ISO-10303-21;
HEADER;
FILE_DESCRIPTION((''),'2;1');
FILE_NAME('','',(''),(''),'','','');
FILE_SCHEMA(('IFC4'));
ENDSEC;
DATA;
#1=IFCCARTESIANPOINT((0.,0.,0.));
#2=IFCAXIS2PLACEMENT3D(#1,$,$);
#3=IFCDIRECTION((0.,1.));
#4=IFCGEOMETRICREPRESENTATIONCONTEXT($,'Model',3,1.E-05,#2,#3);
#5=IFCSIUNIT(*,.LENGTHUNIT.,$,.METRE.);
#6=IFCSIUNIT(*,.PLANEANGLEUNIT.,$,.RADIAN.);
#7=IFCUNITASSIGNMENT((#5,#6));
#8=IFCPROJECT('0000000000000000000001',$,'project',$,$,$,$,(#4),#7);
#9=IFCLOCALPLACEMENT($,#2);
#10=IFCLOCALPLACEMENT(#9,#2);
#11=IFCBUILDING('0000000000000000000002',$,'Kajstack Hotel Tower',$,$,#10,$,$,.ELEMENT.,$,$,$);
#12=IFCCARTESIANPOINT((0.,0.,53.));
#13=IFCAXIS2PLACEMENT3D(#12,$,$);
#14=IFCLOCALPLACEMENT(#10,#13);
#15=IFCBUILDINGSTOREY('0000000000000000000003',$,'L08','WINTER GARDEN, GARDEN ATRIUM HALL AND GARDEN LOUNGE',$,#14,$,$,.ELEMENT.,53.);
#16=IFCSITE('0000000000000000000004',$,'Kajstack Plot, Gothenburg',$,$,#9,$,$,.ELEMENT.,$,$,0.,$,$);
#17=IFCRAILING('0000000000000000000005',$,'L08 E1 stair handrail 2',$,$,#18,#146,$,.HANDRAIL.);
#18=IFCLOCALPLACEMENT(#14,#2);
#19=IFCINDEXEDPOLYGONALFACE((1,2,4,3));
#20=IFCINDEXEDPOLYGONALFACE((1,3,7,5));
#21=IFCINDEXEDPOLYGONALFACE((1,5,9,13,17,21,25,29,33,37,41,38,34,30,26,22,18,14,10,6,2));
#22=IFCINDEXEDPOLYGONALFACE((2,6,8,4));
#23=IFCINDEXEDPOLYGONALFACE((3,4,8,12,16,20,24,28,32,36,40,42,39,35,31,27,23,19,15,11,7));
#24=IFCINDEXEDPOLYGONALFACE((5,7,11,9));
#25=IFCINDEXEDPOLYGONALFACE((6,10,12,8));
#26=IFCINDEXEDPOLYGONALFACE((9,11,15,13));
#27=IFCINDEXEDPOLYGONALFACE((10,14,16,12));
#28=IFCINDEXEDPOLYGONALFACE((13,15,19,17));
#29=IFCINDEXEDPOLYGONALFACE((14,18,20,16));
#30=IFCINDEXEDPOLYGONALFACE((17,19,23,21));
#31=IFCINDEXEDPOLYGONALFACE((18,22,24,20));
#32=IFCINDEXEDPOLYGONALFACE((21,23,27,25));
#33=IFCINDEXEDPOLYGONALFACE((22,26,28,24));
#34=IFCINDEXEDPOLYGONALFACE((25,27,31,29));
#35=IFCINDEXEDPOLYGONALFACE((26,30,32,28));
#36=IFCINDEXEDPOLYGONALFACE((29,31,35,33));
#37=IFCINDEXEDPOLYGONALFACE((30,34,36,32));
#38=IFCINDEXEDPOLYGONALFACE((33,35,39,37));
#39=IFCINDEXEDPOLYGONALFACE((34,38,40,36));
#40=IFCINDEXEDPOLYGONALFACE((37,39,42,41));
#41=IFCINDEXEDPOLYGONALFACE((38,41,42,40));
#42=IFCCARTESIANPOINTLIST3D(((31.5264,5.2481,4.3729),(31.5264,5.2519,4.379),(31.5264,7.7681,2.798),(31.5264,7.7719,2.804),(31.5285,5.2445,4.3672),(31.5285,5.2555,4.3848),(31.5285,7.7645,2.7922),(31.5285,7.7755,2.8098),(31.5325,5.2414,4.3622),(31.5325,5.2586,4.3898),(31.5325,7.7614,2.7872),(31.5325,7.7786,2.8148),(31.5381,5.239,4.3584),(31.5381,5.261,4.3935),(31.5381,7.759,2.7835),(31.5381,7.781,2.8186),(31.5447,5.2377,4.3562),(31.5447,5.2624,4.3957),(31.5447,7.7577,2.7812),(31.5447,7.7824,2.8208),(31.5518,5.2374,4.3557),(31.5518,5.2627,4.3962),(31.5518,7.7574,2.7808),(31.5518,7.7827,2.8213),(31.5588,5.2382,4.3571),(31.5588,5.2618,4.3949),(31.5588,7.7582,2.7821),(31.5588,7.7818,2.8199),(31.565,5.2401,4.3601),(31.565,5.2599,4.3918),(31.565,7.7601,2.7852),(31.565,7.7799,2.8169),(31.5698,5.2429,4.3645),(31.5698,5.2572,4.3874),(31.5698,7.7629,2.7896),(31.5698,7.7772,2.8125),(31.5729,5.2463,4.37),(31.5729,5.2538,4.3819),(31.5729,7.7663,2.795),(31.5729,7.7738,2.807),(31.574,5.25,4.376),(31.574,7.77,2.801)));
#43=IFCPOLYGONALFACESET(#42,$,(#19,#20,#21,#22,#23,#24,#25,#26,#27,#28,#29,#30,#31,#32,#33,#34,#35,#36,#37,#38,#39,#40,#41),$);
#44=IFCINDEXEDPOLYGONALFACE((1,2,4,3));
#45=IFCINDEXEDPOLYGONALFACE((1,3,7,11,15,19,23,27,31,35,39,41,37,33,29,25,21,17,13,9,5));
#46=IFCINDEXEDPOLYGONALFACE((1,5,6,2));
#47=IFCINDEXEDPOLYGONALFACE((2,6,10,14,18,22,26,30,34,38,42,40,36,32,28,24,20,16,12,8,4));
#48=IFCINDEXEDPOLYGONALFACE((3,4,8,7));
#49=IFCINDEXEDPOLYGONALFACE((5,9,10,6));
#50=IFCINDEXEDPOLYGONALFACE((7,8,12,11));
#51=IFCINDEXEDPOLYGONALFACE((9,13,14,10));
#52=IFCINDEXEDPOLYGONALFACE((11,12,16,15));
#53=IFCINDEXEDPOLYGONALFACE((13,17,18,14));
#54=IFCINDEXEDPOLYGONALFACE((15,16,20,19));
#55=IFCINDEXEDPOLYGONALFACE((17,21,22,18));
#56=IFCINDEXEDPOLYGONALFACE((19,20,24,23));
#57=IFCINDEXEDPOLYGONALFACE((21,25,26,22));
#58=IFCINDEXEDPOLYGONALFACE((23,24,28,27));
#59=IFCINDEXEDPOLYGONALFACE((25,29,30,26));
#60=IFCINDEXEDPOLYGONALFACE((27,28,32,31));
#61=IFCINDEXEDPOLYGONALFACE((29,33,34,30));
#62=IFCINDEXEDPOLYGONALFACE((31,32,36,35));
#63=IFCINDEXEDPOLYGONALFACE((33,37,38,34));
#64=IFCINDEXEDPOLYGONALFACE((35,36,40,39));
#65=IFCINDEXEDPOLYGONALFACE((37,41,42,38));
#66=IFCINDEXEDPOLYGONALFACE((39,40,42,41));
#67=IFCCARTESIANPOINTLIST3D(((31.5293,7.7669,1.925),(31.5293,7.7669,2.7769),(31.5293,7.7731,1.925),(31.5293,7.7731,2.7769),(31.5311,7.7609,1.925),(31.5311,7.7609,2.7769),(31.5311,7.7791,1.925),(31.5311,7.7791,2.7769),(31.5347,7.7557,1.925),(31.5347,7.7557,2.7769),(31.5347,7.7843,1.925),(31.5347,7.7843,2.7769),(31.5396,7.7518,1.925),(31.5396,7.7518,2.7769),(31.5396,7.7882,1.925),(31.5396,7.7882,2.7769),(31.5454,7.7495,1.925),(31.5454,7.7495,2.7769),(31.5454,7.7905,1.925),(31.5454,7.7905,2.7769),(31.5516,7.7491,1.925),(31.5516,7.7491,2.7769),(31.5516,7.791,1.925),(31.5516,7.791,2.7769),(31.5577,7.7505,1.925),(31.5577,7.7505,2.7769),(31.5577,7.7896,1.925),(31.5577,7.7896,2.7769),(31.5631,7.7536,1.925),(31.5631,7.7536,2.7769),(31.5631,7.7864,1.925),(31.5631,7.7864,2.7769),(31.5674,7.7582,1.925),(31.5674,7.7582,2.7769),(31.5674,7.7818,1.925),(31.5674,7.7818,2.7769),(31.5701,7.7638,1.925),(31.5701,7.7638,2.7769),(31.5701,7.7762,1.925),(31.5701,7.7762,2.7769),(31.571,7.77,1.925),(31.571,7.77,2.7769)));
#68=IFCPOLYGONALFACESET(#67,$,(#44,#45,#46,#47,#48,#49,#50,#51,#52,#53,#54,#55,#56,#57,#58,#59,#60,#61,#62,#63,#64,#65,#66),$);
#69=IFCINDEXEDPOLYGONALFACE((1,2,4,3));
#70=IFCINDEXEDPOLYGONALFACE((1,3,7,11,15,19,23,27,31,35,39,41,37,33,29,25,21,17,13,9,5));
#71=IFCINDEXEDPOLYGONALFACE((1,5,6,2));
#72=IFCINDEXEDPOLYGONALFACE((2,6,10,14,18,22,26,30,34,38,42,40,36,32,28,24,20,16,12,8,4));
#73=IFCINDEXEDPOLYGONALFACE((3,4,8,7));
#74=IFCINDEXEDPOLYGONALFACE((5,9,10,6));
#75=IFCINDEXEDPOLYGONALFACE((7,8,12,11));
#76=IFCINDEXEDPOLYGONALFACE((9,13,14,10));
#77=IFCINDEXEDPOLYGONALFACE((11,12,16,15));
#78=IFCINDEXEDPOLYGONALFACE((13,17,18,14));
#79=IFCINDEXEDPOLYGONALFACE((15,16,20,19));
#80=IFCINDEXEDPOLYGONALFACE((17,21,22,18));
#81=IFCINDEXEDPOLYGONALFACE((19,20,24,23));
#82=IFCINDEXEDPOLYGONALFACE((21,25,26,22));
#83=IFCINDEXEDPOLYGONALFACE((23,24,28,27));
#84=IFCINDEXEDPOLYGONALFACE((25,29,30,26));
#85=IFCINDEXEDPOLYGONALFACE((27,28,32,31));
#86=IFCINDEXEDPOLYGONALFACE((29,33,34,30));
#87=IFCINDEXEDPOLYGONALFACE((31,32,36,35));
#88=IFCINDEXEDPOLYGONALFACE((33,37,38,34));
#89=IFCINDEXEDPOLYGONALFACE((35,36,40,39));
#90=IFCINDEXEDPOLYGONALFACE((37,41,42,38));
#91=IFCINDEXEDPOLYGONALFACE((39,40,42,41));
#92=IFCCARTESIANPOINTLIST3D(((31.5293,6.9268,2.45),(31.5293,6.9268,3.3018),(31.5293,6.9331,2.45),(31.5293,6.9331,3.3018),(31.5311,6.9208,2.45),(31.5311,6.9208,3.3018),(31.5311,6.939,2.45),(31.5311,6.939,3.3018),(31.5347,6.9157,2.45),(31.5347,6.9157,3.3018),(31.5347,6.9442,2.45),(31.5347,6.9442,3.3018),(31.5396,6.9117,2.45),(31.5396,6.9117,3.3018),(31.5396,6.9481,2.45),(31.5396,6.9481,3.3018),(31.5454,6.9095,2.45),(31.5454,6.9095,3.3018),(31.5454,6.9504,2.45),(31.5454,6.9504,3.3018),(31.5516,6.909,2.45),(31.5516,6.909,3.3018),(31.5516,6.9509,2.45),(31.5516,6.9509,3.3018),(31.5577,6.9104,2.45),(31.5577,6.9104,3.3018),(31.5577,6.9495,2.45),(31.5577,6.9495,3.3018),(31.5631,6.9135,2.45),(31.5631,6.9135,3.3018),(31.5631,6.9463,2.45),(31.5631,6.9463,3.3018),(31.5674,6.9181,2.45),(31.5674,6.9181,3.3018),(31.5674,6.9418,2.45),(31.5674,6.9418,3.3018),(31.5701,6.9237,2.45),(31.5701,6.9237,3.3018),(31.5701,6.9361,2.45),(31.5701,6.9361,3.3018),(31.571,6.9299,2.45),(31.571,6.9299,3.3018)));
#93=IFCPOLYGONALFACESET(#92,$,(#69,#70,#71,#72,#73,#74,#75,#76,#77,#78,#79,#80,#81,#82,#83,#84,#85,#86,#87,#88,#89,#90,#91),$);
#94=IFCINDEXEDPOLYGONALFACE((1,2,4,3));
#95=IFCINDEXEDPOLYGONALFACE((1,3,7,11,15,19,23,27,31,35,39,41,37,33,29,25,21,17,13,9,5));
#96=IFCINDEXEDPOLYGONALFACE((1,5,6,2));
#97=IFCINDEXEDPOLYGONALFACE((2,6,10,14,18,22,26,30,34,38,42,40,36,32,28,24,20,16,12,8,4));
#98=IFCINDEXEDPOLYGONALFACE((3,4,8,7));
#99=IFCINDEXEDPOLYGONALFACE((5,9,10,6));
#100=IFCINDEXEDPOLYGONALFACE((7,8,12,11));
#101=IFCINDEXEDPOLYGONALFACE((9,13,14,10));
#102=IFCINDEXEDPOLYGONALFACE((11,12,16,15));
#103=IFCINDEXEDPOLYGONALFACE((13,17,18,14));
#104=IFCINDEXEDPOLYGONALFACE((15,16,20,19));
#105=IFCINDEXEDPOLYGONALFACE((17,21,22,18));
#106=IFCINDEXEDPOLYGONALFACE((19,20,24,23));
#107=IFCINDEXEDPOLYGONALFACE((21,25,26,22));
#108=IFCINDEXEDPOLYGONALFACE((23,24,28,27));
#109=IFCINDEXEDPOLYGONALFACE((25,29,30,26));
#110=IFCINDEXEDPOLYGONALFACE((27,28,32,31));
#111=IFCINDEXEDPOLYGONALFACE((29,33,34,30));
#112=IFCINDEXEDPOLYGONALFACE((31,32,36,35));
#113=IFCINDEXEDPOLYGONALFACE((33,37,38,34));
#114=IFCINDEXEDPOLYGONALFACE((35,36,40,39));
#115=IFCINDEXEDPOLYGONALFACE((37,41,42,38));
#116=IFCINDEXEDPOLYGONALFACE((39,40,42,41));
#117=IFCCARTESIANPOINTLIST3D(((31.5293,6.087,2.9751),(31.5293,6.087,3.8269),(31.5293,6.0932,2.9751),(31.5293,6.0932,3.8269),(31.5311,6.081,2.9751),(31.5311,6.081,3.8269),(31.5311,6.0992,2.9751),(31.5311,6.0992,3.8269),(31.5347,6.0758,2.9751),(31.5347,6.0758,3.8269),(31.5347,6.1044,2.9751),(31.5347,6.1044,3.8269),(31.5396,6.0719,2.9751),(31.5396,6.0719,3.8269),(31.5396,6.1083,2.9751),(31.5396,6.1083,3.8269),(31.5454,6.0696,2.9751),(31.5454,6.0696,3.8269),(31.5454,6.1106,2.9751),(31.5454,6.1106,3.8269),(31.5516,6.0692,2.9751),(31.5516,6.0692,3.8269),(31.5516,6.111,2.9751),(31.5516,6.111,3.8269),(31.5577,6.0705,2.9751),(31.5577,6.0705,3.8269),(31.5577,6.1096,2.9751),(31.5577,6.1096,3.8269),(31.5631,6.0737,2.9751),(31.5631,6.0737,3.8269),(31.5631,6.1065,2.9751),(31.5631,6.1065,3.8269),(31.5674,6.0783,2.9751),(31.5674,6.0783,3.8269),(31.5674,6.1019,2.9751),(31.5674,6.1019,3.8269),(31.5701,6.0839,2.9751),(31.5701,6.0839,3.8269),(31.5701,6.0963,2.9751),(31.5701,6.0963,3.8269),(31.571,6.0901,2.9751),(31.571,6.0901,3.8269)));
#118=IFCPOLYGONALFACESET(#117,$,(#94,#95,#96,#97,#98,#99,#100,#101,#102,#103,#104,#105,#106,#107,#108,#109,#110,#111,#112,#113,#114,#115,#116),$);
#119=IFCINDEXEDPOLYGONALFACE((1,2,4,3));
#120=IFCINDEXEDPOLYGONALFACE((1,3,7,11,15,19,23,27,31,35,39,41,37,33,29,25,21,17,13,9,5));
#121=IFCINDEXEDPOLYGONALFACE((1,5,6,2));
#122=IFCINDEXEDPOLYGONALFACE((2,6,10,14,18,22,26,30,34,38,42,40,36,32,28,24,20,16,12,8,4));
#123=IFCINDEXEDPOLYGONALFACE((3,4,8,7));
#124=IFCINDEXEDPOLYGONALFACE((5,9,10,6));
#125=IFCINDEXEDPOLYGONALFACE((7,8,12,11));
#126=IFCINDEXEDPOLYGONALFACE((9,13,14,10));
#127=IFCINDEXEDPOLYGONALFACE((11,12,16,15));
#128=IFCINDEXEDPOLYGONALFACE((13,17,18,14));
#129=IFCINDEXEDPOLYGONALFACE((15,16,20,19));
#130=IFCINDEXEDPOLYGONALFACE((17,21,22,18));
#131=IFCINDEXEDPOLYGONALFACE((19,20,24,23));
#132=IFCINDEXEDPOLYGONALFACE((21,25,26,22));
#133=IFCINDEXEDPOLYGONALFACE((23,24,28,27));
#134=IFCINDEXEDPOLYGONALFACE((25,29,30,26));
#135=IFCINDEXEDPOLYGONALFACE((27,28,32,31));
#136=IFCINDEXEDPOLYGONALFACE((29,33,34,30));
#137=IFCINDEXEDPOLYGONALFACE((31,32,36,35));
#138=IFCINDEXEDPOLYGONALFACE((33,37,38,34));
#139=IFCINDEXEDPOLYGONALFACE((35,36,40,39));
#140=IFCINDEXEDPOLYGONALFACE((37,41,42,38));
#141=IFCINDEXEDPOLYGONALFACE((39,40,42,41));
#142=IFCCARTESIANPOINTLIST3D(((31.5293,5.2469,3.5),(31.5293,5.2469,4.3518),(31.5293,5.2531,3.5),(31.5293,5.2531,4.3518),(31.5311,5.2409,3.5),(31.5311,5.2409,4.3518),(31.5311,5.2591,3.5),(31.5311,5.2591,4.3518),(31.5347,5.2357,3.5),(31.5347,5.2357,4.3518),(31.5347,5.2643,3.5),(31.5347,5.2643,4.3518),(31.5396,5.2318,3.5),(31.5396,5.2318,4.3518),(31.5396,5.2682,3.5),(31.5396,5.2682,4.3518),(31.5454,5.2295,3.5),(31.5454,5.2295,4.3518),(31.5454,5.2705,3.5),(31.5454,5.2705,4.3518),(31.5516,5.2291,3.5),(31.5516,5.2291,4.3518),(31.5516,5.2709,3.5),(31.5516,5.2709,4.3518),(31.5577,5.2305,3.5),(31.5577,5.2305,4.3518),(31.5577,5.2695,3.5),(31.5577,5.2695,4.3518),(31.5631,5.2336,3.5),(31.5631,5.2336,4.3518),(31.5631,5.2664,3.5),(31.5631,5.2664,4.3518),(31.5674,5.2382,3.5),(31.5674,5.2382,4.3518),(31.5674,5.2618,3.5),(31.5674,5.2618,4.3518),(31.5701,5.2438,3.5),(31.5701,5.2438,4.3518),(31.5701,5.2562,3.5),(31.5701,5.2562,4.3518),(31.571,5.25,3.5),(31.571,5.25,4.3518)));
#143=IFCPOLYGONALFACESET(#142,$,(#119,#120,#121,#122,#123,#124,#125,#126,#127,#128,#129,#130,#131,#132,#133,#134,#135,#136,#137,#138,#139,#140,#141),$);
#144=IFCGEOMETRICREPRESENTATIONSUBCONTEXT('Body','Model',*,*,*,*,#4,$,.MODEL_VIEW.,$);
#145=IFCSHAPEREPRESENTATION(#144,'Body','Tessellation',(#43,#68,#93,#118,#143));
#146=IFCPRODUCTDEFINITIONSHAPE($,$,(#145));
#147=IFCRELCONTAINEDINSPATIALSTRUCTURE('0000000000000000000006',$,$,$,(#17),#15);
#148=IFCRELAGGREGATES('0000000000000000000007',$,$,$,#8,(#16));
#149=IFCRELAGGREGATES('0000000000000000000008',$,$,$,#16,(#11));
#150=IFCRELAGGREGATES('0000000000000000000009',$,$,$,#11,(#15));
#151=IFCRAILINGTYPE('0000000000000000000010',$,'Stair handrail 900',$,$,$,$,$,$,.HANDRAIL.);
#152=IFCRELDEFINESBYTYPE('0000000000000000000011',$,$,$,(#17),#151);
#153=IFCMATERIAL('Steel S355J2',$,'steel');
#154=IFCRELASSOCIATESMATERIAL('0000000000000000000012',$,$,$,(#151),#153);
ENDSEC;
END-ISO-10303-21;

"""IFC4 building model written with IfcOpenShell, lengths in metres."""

from ifc_helpers import new_model, si_unit, direction, frame, origin, origin_2d, place, context, subcontext, project, spatial, circle, extrude, material, type_object, element, save


model = new_model("IFC4")

# Units and contexts
model_context = context("Model", 3, precision=1e-05, world=origin(), true_north=direction((0.0, 1.0)))
body_context = subcontext(model_context, "Body", "Model", "MODEL_VIEW")
ifc_project = project(units=[si_unit("LENGTHUNIT", "METRE"), si_unit("PLANEANGLEUNIT", "RADIAN")], contexts=[model_context])

# Site, building, storey
site_placement = place(None, origin())
site = spatial("IfcSite", under=ifc_project, at=site_placement, Name="Kajstack Plot, Gothenburg", CompositionType="ELEMENT", RefElevation=0.0)
building_placement = place(site_placement, origin())
building = spatial("IfcBuilding", under=site, at=building_placement, Name="Kajstack Hotel Tower", CompositionType="ELEMENT")
storey_placement = place(building_placement, frame((0.0, 0.0, 53.0)))
storey = spatial("IfcBuildingStorey", under=building, at=storey_placement, Name="L08", Description="WINTER GARDEN, GARDEN ATRIUM HALL AND GARDEN LOUNGE", CompositionType="ELEMENT", Elevation=53.0)

# Railing
ifc_material_1 = material(Name="Steel S355J2", Category="steel")
railing_type_1 = type_object("IfcRailingType", Name="Stair handrail 900", PredefinedType="HANDRAIL", material=ifc_material_1)
railing_1_placement = place(storey_placement, frame((31.55, 7.77, 1.925)))
element("IfcRailing", 1, at=railing_1_placement, inside=storey, type_object=railing_type_1, Name="L08 E1 stair handrail 2", PredefinedType="HANDRAIL", context=body_context, shape_type="SweptSolid", body=[
    extrude(circle(Radius=0.0239, at=origin_2d()), frame((0.0, 0.0, 0.876), z_axis=(0.0, -0.848008, 0.529984), x_axis=(1.0, 0.0, 0.0)), (0.0, 0.0, 1.0), 2.9717),
    extrude(circle(Radius=0.021, at=origin_2d()), origin(), (0.0, 0.0, 1.0), 0.8518),
    extrude(circle(Radius=0.021, at=origin_2d()), frame((0.0, -0.8401, 0.5249)), (0.0, 0.0, 1.0), 0.8518),
    extrude(circle(Radius=0.021, at=origin_2d()), frame((0.0, -1.6799, 1.05)), (0.0, 0.0, 1.0), 0.8518),
    extrude(circle(Radius=0.021, at=origin_2d()), frame((0.0, -2.52, 1.575)), (0.0, 0.0, 1.0), 0.8518),
])

save(model, "model.ifc")
